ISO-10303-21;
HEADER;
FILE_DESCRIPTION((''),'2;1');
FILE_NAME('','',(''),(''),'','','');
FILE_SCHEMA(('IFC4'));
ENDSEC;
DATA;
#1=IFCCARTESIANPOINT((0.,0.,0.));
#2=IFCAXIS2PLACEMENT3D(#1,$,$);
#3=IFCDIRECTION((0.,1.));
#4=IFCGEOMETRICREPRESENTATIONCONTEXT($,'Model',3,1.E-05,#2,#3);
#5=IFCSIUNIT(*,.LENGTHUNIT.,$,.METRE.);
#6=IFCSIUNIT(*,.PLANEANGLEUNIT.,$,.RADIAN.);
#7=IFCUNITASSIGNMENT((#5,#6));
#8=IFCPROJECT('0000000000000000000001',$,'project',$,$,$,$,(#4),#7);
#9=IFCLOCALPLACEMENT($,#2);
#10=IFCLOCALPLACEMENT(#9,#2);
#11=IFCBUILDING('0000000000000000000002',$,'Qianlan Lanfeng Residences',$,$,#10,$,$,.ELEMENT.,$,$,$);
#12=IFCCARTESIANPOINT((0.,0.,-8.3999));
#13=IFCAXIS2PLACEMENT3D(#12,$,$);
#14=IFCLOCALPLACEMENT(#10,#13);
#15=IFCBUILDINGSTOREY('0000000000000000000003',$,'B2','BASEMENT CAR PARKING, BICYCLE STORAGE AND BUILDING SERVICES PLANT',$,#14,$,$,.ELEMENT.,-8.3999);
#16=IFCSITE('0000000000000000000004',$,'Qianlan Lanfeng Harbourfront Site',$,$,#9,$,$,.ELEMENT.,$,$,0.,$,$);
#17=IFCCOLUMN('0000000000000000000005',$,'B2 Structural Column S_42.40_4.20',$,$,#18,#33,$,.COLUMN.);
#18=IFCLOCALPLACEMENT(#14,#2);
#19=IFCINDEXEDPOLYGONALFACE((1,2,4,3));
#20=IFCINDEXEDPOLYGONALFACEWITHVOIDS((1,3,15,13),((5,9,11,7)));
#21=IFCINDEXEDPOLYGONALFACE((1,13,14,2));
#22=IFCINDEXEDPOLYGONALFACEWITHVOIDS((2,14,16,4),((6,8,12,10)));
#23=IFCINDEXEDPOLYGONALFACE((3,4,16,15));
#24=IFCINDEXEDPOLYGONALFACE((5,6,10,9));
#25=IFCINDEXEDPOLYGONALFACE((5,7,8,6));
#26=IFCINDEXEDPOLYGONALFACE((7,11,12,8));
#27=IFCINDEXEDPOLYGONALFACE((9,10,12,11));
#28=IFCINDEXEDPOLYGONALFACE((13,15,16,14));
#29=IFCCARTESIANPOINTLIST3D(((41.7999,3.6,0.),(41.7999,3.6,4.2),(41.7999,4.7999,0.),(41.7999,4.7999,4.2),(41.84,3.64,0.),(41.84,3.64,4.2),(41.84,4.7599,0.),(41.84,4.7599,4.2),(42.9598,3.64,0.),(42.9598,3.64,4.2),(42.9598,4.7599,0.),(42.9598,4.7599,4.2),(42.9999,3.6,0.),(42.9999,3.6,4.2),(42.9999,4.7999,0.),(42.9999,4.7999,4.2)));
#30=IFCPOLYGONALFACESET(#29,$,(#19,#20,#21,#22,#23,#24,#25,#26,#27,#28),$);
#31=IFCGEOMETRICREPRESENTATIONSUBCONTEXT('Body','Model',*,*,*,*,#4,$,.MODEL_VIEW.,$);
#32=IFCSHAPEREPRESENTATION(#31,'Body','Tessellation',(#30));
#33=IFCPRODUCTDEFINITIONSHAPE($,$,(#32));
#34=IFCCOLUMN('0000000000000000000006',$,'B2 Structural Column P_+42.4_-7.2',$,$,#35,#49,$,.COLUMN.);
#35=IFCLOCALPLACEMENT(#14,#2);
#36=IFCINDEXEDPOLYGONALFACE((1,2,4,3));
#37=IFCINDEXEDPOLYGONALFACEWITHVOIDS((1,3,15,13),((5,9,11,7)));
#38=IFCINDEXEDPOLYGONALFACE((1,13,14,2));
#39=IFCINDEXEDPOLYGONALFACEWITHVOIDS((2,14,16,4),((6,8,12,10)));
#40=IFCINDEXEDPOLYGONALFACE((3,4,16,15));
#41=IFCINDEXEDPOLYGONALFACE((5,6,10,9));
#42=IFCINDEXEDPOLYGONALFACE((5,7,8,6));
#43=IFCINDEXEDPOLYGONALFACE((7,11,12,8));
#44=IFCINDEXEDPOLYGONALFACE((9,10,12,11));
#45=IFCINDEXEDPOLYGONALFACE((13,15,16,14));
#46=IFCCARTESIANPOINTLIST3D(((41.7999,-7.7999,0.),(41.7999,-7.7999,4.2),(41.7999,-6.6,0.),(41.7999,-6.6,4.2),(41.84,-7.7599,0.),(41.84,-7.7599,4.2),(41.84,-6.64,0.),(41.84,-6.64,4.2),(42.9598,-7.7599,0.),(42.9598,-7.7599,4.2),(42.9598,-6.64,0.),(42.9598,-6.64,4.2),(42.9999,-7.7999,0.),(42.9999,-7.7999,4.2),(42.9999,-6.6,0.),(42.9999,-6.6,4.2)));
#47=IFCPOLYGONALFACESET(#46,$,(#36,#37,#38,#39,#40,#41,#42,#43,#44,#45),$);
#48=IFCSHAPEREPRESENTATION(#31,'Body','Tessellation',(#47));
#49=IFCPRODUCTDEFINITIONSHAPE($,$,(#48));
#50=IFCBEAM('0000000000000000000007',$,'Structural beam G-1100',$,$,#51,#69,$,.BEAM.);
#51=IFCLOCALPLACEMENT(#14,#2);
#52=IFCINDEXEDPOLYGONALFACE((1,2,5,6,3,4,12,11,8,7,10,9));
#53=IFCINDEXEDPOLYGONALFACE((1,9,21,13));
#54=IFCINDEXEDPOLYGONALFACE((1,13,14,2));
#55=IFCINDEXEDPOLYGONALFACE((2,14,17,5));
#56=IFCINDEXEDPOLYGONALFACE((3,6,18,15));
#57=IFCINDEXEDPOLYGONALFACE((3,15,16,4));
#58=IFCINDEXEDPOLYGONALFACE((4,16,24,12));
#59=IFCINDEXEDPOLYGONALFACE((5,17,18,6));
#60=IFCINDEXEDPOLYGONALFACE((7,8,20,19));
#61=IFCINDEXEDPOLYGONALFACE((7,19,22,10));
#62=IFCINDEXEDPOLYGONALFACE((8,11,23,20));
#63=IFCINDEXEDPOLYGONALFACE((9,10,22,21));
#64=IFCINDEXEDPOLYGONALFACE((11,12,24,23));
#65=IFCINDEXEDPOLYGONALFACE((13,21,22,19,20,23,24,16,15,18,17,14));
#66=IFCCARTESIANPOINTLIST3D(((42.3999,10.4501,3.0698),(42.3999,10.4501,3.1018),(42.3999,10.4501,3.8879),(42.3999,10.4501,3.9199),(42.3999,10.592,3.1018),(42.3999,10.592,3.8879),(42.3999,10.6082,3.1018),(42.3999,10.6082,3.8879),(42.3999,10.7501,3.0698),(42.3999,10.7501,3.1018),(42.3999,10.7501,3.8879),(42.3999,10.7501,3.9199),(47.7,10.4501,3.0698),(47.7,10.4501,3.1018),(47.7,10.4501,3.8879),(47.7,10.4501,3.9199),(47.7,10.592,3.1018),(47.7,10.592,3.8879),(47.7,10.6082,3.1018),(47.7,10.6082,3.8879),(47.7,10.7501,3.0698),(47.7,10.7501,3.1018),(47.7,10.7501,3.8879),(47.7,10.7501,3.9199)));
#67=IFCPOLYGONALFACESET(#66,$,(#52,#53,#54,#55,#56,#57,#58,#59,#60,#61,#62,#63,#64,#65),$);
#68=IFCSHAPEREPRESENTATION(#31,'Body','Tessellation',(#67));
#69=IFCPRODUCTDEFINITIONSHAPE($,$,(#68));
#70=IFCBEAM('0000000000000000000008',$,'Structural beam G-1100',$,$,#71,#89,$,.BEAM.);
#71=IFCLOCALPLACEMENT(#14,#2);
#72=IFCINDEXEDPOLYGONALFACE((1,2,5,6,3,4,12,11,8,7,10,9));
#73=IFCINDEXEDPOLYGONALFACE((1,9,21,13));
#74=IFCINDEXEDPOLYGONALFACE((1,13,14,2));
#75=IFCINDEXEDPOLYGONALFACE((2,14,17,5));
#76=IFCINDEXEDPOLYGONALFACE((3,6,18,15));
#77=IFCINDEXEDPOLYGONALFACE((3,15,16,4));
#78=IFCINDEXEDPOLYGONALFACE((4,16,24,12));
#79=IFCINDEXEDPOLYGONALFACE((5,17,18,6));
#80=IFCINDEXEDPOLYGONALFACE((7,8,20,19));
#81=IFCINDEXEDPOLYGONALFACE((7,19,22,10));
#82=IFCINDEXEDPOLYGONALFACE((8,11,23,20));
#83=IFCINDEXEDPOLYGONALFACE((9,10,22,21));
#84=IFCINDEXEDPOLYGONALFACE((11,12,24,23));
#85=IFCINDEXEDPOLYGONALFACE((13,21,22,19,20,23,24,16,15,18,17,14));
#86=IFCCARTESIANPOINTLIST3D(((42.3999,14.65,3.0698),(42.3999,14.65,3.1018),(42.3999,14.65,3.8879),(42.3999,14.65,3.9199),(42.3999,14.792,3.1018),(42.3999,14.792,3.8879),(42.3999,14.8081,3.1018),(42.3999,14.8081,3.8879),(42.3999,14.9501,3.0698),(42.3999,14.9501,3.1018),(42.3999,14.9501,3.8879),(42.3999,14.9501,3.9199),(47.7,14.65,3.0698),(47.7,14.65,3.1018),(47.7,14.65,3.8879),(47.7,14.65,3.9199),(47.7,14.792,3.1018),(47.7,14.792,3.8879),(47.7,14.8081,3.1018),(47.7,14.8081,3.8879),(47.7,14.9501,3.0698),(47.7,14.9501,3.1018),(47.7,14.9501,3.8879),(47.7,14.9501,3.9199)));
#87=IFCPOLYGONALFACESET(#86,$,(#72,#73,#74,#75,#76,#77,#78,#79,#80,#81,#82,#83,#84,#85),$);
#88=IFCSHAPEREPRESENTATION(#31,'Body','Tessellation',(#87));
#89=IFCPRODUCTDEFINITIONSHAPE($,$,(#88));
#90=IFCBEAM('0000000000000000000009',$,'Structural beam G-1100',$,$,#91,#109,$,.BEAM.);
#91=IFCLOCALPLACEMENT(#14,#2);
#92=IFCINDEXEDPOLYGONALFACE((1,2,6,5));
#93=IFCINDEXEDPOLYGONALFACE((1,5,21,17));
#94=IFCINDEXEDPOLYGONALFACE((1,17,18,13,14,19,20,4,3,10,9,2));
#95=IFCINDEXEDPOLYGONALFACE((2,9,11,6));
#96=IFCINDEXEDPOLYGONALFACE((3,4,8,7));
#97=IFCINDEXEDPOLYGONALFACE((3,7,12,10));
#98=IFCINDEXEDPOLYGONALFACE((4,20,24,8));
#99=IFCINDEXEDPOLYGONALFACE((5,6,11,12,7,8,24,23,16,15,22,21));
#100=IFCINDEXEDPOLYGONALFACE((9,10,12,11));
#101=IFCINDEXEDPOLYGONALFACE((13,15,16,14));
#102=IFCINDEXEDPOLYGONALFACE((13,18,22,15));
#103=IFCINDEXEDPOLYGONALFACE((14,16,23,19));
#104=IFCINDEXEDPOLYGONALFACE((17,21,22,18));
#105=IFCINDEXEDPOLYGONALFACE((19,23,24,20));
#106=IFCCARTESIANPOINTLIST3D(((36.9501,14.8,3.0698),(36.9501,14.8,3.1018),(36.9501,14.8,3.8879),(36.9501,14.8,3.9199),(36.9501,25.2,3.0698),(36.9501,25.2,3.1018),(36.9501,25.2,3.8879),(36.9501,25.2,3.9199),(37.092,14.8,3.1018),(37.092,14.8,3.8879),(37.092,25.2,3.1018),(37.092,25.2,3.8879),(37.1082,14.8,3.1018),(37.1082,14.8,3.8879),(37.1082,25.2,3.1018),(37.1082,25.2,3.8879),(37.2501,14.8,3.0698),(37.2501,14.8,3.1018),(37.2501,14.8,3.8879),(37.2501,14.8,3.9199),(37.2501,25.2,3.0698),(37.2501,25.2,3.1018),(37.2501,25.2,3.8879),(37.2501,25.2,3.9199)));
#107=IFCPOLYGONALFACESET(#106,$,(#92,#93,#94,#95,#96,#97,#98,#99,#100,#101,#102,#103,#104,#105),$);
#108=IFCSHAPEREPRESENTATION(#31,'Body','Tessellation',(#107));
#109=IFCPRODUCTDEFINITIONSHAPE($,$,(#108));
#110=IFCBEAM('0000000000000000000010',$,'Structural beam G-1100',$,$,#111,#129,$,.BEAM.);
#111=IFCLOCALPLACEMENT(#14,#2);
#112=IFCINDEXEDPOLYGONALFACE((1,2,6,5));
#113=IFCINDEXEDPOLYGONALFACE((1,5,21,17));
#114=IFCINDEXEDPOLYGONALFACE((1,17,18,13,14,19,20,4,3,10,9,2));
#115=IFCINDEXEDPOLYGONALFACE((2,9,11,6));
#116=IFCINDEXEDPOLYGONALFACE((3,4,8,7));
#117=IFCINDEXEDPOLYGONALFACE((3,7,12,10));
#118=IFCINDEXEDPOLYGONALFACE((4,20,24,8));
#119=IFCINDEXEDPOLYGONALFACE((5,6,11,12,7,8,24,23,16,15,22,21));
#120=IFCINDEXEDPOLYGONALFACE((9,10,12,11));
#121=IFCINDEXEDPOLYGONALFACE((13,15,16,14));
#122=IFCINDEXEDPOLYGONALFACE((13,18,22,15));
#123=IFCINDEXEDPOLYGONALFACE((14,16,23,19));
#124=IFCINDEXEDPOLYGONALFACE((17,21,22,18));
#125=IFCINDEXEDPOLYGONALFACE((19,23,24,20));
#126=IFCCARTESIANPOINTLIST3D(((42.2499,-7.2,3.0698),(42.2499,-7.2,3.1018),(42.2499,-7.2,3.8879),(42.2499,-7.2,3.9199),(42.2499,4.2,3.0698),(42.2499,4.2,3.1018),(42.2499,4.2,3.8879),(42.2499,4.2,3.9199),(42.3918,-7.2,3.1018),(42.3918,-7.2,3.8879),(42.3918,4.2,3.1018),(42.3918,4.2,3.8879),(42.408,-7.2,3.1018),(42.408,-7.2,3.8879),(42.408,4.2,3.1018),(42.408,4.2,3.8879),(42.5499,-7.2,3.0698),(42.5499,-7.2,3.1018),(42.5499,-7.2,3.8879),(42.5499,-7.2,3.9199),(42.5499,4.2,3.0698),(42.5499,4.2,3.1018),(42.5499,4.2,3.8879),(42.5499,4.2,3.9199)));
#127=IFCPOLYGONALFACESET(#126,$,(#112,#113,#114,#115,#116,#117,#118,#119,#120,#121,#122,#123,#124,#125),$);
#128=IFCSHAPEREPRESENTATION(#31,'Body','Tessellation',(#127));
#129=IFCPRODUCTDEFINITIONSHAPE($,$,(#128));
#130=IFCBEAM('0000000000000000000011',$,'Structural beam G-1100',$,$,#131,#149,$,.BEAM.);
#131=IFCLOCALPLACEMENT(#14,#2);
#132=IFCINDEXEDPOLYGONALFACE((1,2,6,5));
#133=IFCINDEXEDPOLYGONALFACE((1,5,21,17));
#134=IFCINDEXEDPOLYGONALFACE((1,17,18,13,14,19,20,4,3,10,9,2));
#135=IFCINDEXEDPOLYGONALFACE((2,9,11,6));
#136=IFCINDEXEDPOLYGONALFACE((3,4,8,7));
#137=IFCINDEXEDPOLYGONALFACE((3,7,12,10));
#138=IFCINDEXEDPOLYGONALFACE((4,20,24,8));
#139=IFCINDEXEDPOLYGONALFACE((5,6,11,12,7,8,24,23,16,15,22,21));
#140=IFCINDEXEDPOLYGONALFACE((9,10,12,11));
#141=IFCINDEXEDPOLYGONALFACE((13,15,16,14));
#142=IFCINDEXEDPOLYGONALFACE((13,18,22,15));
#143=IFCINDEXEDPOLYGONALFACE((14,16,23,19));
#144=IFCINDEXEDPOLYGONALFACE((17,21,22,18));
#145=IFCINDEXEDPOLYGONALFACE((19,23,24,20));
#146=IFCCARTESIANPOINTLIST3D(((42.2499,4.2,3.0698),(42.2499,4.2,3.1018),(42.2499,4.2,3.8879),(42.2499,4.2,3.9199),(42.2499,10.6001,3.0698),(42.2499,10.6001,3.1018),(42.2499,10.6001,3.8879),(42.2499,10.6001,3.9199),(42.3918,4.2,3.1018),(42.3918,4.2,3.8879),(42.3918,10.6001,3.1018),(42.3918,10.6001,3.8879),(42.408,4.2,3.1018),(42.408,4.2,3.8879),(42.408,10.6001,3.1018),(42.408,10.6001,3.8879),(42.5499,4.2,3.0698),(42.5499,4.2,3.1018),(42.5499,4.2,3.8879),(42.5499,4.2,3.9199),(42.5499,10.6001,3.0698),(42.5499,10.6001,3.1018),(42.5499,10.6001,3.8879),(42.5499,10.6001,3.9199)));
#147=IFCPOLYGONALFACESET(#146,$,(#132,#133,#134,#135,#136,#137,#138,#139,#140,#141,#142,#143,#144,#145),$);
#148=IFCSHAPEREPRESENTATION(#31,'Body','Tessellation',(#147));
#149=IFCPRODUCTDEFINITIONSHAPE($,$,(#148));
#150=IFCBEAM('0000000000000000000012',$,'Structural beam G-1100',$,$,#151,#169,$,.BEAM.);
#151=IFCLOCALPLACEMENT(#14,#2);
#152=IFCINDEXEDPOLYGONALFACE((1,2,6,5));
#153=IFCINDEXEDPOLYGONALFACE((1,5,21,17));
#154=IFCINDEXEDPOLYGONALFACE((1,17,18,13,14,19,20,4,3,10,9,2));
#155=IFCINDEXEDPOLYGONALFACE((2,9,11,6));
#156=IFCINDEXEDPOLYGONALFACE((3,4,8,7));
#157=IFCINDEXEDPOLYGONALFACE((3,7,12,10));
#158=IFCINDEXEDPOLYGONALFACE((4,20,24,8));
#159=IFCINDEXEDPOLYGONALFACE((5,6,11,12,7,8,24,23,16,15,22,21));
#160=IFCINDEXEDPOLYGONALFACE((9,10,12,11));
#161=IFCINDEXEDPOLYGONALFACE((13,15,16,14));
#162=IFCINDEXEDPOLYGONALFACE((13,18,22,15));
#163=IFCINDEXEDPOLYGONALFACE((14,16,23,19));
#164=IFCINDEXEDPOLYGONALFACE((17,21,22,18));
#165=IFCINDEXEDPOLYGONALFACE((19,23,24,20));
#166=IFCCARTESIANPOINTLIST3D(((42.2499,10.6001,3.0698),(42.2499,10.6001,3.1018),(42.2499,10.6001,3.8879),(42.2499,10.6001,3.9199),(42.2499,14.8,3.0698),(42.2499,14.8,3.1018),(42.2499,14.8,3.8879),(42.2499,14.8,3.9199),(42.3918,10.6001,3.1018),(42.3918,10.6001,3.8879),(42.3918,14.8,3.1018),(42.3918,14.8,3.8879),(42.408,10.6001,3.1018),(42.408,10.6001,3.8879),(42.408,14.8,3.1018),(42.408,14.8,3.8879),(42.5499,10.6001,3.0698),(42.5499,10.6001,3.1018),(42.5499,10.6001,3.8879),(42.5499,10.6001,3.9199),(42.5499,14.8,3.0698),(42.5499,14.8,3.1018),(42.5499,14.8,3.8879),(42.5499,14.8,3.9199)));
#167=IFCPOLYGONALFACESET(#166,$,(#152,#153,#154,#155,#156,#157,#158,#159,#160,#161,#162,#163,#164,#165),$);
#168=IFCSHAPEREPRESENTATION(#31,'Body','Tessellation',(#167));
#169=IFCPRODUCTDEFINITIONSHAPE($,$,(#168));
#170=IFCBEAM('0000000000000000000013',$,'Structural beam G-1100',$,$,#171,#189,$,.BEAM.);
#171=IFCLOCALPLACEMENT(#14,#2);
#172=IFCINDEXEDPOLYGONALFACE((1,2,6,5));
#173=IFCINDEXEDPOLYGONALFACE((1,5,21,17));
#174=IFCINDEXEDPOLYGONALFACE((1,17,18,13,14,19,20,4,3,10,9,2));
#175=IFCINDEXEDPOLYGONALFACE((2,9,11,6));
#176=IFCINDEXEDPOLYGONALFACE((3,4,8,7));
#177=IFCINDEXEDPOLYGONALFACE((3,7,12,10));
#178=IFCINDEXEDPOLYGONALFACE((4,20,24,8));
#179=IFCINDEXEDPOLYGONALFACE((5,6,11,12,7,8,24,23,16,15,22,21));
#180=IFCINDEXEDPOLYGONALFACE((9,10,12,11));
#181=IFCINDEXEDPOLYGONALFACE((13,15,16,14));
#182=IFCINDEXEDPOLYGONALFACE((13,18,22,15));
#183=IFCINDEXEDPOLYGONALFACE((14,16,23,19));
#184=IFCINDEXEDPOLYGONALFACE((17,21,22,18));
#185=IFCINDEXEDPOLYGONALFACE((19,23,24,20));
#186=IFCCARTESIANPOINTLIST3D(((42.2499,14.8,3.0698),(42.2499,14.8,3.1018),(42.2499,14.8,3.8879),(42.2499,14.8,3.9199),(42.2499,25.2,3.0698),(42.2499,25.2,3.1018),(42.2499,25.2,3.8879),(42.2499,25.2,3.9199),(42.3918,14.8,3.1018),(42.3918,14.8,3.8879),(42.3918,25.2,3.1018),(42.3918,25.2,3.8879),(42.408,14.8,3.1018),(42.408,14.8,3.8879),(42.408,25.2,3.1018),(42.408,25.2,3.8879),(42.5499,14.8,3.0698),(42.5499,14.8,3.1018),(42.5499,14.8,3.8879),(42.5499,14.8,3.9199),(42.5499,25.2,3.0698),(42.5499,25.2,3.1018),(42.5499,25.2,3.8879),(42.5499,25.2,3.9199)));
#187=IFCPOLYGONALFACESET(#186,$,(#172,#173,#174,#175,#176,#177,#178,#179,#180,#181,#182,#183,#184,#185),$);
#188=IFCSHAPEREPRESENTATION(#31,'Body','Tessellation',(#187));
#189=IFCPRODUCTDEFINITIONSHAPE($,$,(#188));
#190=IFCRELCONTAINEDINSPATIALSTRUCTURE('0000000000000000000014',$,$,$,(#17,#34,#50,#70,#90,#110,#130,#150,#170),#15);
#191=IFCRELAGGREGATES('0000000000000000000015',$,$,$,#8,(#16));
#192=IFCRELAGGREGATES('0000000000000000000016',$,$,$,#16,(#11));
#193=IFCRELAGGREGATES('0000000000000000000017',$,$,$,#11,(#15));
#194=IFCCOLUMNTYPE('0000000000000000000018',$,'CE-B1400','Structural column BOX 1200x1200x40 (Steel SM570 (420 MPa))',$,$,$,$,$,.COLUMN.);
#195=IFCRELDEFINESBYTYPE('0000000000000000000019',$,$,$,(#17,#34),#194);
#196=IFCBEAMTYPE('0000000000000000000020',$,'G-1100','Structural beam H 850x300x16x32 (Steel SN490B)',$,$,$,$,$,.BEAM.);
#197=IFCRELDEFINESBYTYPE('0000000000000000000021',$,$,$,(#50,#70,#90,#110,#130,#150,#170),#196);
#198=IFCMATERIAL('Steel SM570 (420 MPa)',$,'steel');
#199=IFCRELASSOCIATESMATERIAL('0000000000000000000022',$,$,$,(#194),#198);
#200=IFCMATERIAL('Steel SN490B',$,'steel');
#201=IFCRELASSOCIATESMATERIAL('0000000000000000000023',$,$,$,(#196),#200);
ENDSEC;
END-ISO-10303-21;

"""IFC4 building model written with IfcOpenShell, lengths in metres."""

from ifc_helpers import new_model, si_unit, direction, frame, origin, origin_2d, place, context, subcontext, project, spatial, hollow_rectangle, i_section, extrude, material, material_profile, profile_set, type_object, element, save


model = new_model("IFC4")

# Units and contexts
model_context = context("Model", 3, precision=1e-05, world=origin(), true_north=direction((0.0, 1.0)))
body_context = subcontext(model_context, "Body", "Model", "MODEL_VIEW")
ifc_project = project(units=[si_unit("LENGTHUNIT", "METRE"), si_unit("PLANEANGLEUNIT", "RADIAN")], contexts=[model_context])

# Site, building, storey
site_placement = place(None, origin())
site = spatial("IfcSite", under=ifc_project, at=site_placement, Name="Qianlan Lanfeng Harbourfront Site", CompositionType="ELEMENT", RefElevation=0.0)
building_placement = place(site_placement, origin())
building = spatial("IfcBuilding", under=site, at=building_placement, Name="Qianlan Lanfeng Residences", CompositionType="ELEMENT")
storey_placement = place(building_placement, frame((0.0, 0.0, -8.3999)))
storey = spatial("IfcBuildingStorey", under=building, at=storey_placement, Name="B2", Description="BASEMENT CAR PARKING, BICYCLE STORAGE AND BUILDING SERVICES PLANT", CompositionType="ELEMENT", Elevation=-8.3999)

# Columns
ifc_material_1 = material(Name="Steel SM570 (420 MPa)", Category="steel")
ifc_material_profile_1 = material_profile(ifc_material_1, hollow_rectangle(XDim=1.2, YDim=1.2, WallThickness=0.04, at=origin_2d()), Name="BOX 1200x1200x40")
ifc_profile_set_1 = profile_set([ifc_material_profile_1], Name="Steel SM570 (420 MPa)")
column_type_1 = type_object("IfcColumnType", Name="CE-B1400", Description="Structural column BOX 1200x1200x40 (Steel SM570 (420 MPa))", PredefinedType="COLUMN", material=ifc_profile_set_1)
for number, where, z_axis, x_axis, name in (
    (1, (42.3999, 4.2, 0.0), (0.0, 0.0, 1.0), (1.0, 0.0, 0.0), "B2 Structural Column S_42.40_4.20"),
    (2, (42.3999, -7.2, 0.0), (0.0, 0.0, 1.0), (1.0, 0.0, 0.0), "B2 Structural Column P_+42.4_-7.2"),
):
    element("IfcColumn", number, at=place(storey_placement, frame(where, z_axis=z_axis, x_axis=x_axis)), inside=storey, type_object=column_type_1, Name=name, PredefinedType="COLUMN", context=body_context, shape_type="SweptSolid", body=[
        extrude(hollow_rectangle(XDim=1.2, YDim=1.2, WallThickness=0.04, at=origin_2d()), origin(), (0.0, 0.0, 1.0), 4.2),
    ])

# Beams
ifc_material_2 = material(Name="Steel SN490B", Category="steel")
ifc_material_profile_2 = material_profile(ifc_material_2, i_section(OverallWidth=0.3, OverallDepth=0.8501, WebThickness=0.0161, FlangeThickness=0.032, at=origin_2d()), Name="H 850x300x16x32")
ifc_profile_set_2 = profile_set([ifc_material_profile_2], Name="Steel SN490B")
beam_type_1 = type_object("IfcBeamType", Name="G-1100", Description="Structural beam H 850x300x16x32 (Steel SN490B)", PredefinedType="BEAM", material=ifc_profile_set_2)
for number, where, z_axis, x_axis, name in (
    (3, (42.3999, 10.6001, 3.4949), (1.0, 0.0, 0.0), (0.0, 1.0, 0.0), "Structural beam G-1100"),
    (4, (42.3999, 14.8, 3.4949), (1.0, 0.0, 0.0), (0.0, 1.0, 0.0), "Structural beam G-1100"),
):
    element("IfcBeam", number, at=place(storey_placement, frame(where, z_axis=z_axis, x_axis=x_axis)), inside=storey, type_object=beam_type_1, Name=name, PredefinedType="BEAM", context=body_context, shape_type="SweptSolid", body=[
        extrude(i_section(OverallWidth=0.3, OverallDepth=0.8501, WebThickness=0.0161, FlangeThickness=0.032, at=origin_2d()), origin(), (0.0, 0.0, 1.0), 5.3),
    ])
beam_1_placement = place(storey_placement, frame((37.1001, 14.8, 3.4949), z_axis=(0.0, 1.0, 0.0), x_axis=(-1.0, 0.0, 0.0)))
element("IfcBeam", 5, at=beam_1_placement, inside=storey, type_object=beam_type_1, Name="Structural beam G-1100", PredefinedType="BEAM", context=body_context, shape_type="SweptSolid", body=[
    extrude(i_section(OverallWidth=0.3, OverallDepth=0.8501, WebThickness=0.0161, FlangeThickness=0.032, at=origin_2d()), origin(), (0.0, 0.0, 1.0), 10.3999),
])
beam_2_placement = place(storey_placement, frame((42.3999, -7.2, 3.4949), z_axis=(0.0, 1.0, 0.0), x_axis=(-1.0, 0.0, 0.0)))
element("IfcBeam", 6, at=beam_2_placement, inside=storey, type_object=beam_type_1, Name="Structural beam G-1100", PredefinedType="BEAM", context=body_context, shape_type="SweptSolid", body=[
    extrude(i_section(OverallWidth=0.3, OverallDepth=0.8501, WebThickness=0.0161, FlangeThickness=0.032, at=origin_2d()), origin(), (0.0, 0.0, 1.0), 11.3999),
])
beam_3_placement = place(storey_placement, frame((42.3999, 4.2, 3.4949), z_axis=(0.0, 1.0, 0.0), x_axis=(-1.0, 0.0, 0.0)))
element("IfcBeam", 7, at=beam_3_placement, inside=storey, type_object=beam_type_1, Name="Structural beam G-1100", PredefinedType="BEAM", context=body_context, shape_type="SweptSolid", body=[
    extrude(i_section(OverallWidth=0.3, OverallDepth=0.8501, WebThickness=0.0161, FlangeThickness=0.032, at=origin_2d()), origin(), (0.0, 0.0, 1.0), 6.4001),
])
beam_4_placement = place(storey_placement, frame((42.3999, 10.6001, 3.4949), z_axis=(0.0, 1.0, 0.0), x_axis=(-1.0, 0.0, 0.0)))
element("IfcBeam", 8, at=beam_4_placement, inside=storey, type_object=beam_type_1, Name="Structural beam G-1100", PredefinedType="BEAM", context=body_context, shape_type="SweptSolid", body=[
    extrude(i_section(OverallWidth=0.3, OverallDepth=0.8501, WebThickness=0.0161, FlangeThickness=0.032, at=origin_2d()), origin(), (0.0, 0.0, 1.0), 4.2),
])
beam_5_placement = place(storey_placement, frame((42.3999, 14.8, 3.4949), z_axis=(0.0, 1.0, 0.0), x_axis=(-1.0, 0.0, 0.0)))
element("IfcBeam", 9, at=beam_5_placement, inside=storey, type_object=beam_type_1, Name="Structural beam G-1100", PredefinedType="BEAM", context=body_context, shape_type="SweptSolid", body=[
    extrude(i_section(OverallWidth=0.3, OverallDepth=0.8501, WebThickness=0.0161, FlangeThickness=0.032, at=origin_2d()), origin(), (0.0, 0.0, 1.0), 10.3999),
])

save(model, "model.ifc")
